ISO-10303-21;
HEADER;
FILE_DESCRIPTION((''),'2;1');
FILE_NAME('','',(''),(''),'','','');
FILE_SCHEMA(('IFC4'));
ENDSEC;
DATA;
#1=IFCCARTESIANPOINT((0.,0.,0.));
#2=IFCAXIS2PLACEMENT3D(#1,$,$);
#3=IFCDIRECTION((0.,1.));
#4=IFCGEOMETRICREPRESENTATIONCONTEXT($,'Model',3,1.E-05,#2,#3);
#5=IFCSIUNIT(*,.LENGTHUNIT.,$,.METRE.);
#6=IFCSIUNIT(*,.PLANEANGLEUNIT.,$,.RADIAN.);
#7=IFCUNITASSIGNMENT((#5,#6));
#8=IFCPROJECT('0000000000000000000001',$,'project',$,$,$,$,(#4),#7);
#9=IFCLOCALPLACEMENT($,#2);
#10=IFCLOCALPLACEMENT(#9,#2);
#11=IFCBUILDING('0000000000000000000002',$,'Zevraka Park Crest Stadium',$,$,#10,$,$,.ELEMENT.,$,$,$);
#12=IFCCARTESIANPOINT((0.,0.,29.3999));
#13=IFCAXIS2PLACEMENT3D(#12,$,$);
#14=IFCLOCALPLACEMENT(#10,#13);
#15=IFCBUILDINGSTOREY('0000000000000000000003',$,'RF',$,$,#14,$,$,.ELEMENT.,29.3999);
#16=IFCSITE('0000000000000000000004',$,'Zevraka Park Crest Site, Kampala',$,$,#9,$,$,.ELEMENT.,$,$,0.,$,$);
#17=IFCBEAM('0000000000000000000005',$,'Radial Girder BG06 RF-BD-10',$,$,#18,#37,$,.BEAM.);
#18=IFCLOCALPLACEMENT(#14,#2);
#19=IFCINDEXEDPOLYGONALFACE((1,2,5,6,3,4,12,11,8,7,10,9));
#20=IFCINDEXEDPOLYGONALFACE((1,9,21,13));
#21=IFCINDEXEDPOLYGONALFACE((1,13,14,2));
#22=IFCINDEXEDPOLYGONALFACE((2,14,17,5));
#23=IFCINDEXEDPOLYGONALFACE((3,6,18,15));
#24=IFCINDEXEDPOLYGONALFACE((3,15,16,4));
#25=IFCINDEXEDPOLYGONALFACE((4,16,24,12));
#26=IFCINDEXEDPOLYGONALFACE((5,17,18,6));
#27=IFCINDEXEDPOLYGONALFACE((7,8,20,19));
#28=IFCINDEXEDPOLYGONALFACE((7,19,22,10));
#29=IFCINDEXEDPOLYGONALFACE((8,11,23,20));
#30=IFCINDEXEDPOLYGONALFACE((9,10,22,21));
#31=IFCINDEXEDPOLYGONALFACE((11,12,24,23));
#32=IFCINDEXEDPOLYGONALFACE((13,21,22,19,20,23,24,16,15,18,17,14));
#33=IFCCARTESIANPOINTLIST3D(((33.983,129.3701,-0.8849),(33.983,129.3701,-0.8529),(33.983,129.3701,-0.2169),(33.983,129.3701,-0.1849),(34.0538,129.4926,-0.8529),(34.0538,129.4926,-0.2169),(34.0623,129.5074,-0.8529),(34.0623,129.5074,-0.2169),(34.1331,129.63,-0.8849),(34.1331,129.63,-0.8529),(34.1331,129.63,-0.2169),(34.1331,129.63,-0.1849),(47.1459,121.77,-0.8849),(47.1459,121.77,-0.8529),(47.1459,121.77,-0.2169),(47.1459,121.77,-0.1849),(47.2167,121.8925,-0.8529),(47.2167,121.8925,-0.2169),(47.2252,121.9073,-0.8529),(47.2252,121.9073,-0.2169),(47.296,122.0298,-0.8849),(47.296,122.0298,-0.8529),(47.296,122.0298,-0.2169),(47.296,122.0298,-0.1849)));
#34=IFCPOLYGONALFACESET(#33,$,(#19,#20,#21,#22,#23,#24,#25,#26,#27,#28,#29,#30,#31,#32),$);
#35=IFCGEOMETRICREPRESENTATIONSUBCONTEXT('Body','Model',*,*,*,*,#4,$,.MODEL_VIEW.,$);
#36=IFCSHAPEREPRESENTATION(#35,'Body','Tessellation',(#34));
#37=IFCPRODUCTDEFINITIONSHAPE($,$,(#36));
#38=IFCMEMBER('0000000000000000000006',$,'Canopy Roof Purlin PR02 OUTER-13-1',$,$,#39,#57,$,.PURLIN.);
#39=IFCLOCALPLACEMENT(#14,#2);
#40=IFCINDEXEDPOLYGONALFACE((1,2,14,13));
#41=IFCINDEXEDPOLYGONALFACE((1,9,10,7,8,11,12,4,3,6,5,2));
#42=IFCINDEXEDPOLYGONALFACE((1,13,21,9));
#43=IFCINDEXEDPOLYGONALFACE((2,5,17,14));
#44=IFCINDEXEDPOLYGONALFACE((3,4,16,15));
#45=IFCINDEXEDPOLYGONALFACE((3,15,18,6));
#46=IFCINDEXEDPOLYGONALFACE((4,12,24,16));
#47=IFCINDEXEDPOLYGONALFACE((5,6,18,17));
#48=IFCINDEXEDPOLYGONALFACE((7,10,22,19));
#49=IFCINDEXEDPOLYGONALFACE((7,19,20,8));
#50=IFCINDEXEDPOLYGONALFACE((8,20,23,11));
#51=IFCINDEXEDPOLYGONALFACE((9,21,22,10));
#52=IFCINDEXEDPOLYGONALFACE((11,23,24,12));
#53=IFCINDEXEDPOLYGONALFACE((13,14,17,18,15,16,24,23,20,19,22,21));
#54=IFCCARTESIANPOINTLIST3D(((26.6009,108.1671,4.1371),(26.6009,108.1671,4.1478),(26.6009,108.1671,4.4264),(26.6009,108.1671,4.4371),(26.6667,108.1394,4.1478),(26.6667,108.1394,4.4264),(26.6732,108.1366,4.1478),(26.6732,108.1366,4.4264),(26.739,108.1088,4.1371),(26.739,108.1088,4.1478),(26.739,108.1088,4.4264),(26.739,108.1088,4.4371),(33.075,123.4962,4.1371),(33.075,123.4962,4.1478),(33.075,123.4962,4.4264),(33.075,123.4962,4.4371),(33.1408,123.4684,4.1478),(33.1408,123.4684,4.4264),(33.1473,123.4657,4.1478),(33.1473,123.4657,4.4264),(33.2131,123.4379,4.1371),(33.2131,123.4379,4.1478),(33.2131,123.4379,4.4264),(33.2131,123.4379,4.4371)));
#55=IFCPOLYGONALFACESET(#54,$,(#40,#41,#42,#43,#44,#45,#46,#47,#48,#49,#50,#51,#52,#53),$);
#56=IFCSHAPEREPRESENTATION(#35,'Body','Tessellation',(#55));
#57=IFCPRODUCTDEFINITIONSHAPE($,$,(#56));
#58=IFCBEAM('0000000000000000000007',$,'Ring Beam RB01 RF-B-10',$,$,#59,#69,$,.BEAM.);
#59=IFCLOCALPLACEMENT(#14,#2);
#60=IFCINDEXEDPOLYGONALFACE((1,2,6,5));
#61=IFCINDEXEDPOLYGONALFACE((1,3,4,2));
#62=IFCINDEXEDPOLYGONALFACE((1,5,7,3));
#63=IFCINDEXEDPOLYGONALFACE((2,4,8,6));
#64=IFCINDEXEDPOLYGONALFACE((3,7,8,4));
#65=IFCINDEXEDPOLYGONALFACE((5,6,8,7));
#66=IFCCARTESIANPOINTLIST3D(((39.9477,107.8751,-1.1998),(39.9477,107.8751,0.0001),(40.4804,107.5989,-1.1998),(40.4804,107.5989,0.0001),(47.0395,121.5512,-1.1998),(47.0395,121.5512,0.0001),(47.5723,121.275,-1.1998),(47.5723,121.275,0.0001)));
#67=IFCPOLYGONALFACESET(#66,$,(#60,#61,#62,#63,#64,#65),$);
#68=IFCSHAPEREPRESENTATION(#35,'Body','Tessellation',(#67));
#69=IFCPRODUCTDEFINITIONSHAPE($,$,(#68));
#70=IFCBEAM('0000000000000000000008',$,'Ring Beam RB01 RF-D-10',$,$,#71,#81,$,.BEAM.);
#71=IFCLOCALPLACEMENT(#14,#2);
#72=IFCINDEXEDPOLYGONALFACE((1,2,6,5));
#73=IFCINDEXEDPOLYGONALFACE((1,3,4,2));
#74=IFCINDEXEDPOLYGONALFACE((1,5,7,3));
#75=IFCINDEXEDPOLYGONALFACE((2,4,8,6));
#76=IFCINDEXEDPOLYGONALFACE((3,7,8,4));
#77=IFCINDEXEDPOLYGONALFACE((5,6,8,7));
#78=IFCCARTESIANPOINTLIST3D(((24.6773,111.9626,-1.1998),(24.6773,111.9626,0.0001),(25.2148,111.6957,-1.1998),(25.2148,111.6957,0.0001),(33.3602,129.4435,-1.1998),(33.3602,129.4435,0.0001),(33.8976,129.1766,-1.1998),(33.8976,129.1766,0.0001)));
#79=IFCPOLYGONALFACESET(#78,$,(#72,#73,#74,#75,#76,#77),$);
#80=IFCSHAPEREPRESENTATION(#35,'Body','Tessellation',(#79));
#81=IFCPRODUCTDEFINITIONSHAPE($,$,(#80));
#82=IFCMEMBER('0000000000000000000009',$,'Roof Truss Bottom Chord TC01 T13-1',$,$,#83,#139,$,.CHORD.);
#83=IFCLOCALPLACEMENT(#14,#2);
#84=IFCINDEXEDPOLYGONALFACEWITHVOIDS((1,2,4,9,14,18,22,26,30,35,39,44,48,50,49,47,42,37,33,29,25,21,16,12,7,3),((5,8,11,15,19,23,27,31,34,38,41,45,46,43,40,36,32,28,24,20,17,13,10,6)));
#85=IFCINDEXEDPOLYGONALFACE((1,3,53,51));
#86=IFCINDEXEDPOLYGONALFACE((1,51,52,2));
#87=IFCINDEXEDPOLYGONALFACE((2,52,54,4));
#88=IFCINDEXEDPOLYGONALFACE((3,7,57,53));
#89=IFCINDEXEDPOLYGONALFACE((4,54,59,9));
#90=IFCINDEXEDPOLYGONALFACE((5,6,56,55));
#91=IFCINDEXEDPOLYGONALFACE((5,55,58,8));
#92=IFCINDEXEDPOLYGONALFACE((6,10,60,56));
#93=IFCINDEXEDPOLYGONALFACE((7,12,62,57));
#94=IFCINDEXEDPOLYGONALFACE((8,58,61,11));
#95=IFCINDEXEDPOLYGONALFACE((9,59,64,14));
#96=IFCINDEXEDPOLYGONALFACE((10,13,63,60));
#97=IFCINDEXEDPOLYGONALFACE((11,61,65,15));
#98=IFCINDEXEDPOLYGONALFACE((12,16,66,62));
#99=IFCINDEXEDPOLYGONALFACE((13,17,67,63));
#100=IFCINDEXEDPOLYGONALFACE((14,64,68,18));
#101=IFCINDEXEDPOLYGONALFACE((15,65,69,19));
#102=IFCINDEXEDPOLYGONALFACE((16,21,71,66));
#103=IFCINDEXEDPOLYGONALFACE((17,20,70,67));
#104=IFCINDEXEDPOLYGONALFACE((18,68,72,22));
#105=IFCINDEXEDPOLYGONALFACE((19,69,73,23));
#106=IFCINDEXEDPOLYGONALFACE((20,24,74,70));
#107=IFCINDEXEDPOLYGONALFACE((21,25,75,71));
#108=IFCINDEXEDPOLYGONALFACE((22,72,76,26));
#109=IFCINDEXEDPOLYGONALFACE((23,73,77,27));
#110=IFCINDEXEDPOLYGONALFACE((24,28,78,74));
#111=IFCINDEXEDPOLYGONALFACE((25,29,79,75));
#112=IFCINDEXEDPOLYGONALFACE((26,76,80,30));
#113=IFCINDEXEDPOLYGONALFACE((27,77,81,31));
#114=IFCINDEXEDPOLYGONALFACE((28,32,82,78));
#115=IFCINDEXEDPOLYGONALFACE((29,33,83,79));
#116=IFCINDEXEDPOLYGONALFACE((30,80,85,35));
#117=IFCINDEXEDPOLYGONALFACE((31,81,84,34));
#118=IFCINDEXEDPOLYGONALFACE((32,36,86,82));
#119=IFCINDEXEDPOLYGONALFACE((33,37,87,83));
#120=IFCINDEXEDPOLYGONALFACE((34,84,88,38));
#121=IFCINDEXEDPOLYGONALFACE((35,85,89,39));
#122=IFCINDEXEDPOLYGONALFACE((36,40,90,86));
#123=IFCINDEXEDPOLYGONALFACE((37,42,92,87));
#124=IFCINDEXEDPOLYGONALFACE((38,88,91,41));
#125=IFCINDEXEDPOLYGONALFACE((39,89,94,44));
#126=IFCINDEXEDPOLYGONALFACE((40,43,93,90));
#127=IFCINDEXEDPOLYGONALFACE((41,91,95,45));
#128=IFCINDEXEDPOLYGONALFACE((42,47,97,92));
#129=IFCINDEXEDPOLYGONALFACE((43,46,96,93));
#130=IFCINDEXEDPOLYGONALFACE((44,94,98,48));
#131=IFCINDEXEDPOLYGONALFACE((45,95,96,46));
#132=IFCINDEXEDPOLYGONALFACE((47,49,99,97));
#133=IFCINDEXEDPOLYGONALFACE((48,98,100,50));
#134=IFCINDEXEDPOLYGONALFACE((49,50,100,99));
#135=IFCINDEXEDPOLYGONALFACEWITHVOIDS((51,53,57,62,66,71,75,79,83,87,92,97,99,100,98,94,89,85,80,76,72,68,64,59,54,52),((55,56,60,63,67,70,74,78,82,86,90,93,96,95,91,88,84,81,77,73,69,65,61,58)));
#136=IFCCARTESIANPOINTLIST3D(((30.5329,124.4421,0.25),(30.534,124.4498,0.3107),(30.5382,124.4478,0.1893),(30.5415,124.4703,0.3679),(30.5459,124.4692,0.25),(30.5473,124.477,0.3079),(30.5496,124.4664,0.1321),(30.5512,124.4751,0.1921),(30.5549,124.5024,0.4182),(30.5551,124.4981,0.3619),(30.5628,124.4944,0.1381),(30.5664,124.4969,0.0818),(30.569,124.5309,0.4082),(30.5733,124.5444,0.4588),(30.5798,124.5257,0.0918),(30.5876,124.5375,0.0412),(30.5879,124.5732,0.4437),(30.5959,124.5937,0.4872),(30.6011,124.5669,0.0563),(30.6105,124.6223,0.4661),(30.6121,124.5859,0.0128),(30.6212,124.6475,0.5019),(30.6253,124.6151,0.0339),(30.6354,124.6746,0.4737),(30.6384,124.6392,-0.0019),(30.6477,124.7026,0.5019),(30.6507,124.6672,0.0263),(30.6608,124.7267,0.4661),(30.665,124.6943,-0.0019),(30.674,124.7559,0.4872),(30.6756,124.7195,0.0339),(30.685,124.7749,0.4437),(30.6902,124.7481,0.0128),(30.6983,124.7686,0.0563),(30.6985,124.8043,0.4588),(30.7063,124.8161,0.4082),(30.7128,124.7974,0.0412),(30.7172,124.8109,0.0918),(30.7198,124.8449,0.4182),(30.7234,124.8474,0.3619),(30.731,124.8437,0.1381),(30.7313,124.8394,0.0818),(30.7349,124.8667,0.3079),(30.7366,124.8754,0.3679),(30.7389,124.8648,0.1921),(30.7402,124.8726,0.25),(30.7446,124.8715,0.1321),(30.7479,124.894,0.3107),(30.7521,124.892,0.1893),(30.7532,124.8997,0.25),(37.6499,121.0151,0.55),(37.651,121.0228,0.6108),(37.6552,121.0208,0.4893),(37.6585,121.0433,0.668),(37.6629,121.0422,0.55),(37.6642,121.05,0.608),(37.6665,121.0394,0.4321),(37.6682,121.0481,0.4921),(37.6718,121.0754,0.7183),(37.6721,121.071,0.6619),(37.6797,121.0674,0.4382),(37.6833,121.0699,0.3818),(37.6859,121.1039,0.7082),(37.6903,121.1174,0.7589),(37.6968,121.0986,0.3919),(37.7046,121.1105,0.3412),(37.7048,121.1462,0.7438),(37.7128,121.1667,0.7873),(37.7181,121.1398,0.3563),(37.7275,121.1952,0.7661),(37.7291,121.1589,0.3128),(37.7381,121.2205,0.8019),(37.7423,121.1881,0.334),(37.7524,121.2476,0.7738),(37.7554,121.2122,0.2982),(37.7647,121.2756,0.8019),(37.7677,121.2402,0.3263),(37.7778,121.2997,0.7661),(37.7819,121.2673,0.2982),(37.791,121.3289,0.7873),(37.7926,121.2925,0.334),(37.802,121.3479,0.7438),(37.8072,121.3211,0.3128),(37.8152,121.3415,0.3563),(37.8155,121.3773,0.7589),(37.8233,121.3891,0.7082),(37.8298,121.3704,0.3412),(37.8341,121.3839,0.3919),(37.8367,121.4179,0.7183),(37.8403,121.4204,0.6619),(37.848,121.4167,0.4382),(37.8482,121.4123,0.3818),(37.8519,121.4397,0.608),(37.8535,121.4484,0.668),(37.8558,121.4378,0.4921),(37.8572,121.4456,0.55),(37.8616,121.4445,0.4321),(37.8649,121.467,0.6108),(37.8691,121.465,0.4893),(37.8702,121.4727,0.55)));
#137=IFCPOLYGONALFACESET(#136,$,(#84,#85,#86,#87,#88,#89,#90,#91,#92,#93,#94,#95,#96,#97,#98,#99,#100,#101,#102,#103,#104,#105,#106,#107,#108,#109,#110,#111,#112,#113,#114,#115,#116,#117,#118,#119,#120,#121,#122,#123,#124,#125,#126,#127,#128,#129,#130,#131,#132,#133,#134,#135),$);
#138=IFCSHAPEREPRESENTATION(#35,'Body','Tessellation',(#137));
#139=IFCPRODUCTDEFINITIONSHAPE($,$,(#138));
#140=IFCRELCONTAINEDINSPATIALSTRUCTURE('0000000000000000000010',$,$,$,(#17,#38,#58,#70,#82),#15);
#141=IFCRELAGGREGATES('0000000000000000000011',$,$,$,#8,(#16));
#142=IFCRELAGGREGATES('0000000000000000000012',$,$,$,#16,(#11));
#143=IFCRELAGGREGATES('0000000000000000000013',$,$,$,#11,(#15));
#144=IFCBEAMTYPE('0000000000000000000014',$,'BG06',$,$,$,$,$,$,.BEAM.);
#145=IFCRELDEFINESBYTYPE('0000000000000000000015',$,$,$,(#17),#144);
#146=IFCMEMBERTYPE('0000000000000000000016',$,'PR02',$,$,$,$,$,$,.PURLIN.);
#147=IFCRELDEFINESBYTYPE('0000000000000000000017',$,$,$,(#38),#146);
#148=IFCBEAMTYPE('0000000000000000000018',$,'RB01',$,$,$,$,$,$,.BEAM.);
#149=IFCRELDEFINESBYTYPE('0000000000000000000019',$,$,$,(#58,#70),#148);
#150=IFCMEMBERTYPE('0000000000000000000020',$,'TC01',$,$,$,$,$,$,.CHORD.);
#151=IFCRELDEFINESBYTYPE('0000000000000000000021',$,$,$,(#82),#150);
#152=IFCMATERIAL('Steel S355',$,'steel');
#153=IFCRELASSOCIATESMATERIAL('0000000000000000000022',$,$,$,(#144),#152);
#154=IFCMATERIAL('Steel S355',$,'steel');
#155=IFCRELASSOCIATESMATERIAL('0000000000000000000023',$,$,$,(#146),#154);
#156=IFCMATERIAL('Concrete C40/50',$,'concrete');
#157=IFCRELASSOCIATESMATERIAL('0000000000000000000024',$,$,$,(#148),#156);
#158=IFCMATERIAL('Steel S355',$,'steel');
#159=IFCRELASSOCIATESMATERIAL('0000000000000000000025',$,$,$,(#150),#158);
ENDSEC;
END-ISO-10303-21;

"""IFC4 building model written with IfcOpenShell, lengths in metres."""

from ifc_helpers import new_model, si_unit, direction, frame, origin, origin_2d, place, context, subcontext, project, spatial, rectangle, hollow_circle, i_section, extrude, material, material_profile, profile_set, type_object, element, save


model = new_model("IFC4")

# Units and contexts
model_context = context("Model", 3, precision=1e-05, world=origin(), true_north=direction((0.0, 1.0)))
body_context = subcontext(model_context, "Body", "Model", "MODEL_VIEW")
ifc_project = project(units=[si_unit("LENGTHUNIT", "METRE"), si_unit("PLANEANGLEUNIT", "RADIAN")], contexts=[model_context])

# Site, building, storey
site_placement = place(None, origin())
site = spatial("IfcSite", under=ifc_project, at=site_placement, Name="Zevraka Park Crest Site, Kampala", CompositionType="ELEMENT", RefElevation=0.0)
building_placement = place(site_placement, origin())
building = spatial("IfcBuilding", under=site, at=building_placement, Name="Zevraka Park Crest Stadium", CompositionType="ELEMENT")
storey_placement = place(building_placement, frame((0.0, 0.0, 29.3999)))
storey = spatial("IfcBuildingStorey", under=building, at=storey_placement, Name="RF", CompositionType="ELEMENT", Elevation=29.3999)

# Beam
ifc_material_1 = material(Name="Steel S355", Category="steel")
ifc_material_profile_1 = material_profile(ifc_material_1, i_section(OverallWidth=0.3, OverallDepth=0.7, WebThickness=0.0171, FlangeThickness=0.032, at=origin_2d()), Name="HEB 700")
ifc_profile_set_1 = profile_set([ifc_material_profile_1], Name="Steel S355")
beam_type_1 = type_object("IfcBeamType", Name="BG06", PredefinedType="BEAM", material=ifc_profile_set_1)
beam_1_placement = place(storey_placement, frame((47.2209, 121.8999, -0.5349), z_axis=(-0.86601, 0.500026, 0.0), x_axis=(-0.500026, -0.86601, 0.0)))
element("IfcBeam", 1, at=beam_1_placement, inside=storey, type_object=beam_type_1, Name="Radial Girder BG06 RF-BD-10", PredefinedType="BEAM", context=body_context, shape_type="SweptSolid", body=[
    extrude(i_section(OverallWidth=0.3, OverallDepth=0.7, WebThickness=0.0171, FlangeThickness=0.032, at=origin_2d()), origin(), (0.0, 0.0, 1.0), 15.1995),
])

# Member
ifc_material_2 = material(Name="Steel S355", Category="steel")
ifc_material_profile_2 = material_profile(ifc_material_2, i_section(OverallWidth=0.1499, OverallDepth=0.3, WebThickness=0.0071, FlangeThickness=0.0107, at=origin_2d()), Name="IPE 300")
ifc_profile_set_2 = profile_set([ifc_material_profile_2], Name="Steel S355")
member_type_1 = type_object("IfcMemberType", Name="PR02", PredefinedType="PURLIN", material=ifc_profile_set_2)
member_1_placement = place(storey_placement, frame((33.144, 123.467, 4.2871), z_axis=(-0.389066, -0.92121, 0.0), x_axis=(0.92121, -0.389066, 0.0)))
element("IfcMember", 2, at=member_1_placement, inside=storey, type_object=member_type_1, Name="Canopy Roof Purlin PR02 OUTER-13-1", PredefinedType="PURLIN", context=body_context, shape_type="SweptSolid", body=[
    extrude(i_section(OverallWidth=0.1499, OverallDepth=0.3, WebThickness=0.0071, FlangeThickness=0.0107, at=origin_2d()), origin(), (0.0, 0.0, 1.0), 16.6401),
])

# Beams
ifc_material_3 = material(Name="Concrete C40/50", Category="concrete")
ifc_material_profile_3 = material_profile(ifc_material_3, rectangle(XDim=0.6001, YDim=1.2, at=origin_2d()), Name="RC 1200x600")
ifc_profile_set_3 = profile_set([ifc_material_profile_3], Name="Concrete C40/50")
beam_type_2 = type_object("IfcBeamType", Name="RB01", PredefinedType="BEAM", material=ifc_profile_set_3)
beam_2_placement = place(storey_placement, frame((47.3059, 121.4131, -0.5999), z_axis=(-0.460344, -0.887741, 0.0), x_axis=(0.887741, -0.460344, 0.0)))
element("IfcBeam", 3, at=beam_2_placement, inside=storey, type_object=beam_type_2, Name="Ring Beam RB01 RF-B-10", PredefinedType="BEAM", context=body_context, shape_type="SweptSolid", body=[
    extrude(rectangle(XDim=0.6001, YDim=1.2, at=origin_2d()), origin(), (0.0, 0.0, 1.0), 15.4055),
])
beam_3_placement = place(storey_placement, frame((33.6289, 129.3101, -0.5999), z_axis=(-0.444851, -0.895605, 0.0), x_axis=(0.895605, -0.444851, 0.0)))
element("IfcBeam", 4, at=beam_3_placement, inside=storey, type_object=beam_type_2, Name="Ring Beam RB01 RF-D-10", PredefinedType="BEAM", context=body_context, shape_type="SweptSolid", body=[
    extrude(rectangle(XDim=0.6001, YDim=1.2, at=origin_2d()), origin(), (0.0, 0.0, 1.0), 19.5186),
])

# Member
ifc_material_4 = material(Name="Steel S355", Category="steel")
ifc_material_profile_4 = material_profile(ifc_material_4, hollow_circle(Radius=0.2539, WallThickness=0.03, at=origin_2d()), Name="CHS 508.0x30")
ifc_profile_set_4 = profile_set([ifc_material_profile_4], Name="Steel S355")
member_type_2 = type_object("IfcMemberType", Name="TC01", PredefinedType="CHORD", material=ifc_profile_set_4)
member_2_placement = place(storey_placement, frame((30.6431, 124.6709, 0.25), z_axis=(0.900336, -0.433536, 0.037958), x_axis=(0.433849, 0.900986, 0.0)))
element("IfcMember", 5, at=member_2_placement, inside=storey, type_object=member_type_2, Name="Roof Truss Bottom Chord TC01 T13-1", PredefinedType="CHORD", context=body_context, shape_type="SweptSolid", body=[
    extrude(hollow_circle(Radius=0.2539, WallThickness=0.03, at=origin_2d()), origin(), (0.0, 0.0, 1.0), 7.9048),
])

save(model, "model.ifc")
